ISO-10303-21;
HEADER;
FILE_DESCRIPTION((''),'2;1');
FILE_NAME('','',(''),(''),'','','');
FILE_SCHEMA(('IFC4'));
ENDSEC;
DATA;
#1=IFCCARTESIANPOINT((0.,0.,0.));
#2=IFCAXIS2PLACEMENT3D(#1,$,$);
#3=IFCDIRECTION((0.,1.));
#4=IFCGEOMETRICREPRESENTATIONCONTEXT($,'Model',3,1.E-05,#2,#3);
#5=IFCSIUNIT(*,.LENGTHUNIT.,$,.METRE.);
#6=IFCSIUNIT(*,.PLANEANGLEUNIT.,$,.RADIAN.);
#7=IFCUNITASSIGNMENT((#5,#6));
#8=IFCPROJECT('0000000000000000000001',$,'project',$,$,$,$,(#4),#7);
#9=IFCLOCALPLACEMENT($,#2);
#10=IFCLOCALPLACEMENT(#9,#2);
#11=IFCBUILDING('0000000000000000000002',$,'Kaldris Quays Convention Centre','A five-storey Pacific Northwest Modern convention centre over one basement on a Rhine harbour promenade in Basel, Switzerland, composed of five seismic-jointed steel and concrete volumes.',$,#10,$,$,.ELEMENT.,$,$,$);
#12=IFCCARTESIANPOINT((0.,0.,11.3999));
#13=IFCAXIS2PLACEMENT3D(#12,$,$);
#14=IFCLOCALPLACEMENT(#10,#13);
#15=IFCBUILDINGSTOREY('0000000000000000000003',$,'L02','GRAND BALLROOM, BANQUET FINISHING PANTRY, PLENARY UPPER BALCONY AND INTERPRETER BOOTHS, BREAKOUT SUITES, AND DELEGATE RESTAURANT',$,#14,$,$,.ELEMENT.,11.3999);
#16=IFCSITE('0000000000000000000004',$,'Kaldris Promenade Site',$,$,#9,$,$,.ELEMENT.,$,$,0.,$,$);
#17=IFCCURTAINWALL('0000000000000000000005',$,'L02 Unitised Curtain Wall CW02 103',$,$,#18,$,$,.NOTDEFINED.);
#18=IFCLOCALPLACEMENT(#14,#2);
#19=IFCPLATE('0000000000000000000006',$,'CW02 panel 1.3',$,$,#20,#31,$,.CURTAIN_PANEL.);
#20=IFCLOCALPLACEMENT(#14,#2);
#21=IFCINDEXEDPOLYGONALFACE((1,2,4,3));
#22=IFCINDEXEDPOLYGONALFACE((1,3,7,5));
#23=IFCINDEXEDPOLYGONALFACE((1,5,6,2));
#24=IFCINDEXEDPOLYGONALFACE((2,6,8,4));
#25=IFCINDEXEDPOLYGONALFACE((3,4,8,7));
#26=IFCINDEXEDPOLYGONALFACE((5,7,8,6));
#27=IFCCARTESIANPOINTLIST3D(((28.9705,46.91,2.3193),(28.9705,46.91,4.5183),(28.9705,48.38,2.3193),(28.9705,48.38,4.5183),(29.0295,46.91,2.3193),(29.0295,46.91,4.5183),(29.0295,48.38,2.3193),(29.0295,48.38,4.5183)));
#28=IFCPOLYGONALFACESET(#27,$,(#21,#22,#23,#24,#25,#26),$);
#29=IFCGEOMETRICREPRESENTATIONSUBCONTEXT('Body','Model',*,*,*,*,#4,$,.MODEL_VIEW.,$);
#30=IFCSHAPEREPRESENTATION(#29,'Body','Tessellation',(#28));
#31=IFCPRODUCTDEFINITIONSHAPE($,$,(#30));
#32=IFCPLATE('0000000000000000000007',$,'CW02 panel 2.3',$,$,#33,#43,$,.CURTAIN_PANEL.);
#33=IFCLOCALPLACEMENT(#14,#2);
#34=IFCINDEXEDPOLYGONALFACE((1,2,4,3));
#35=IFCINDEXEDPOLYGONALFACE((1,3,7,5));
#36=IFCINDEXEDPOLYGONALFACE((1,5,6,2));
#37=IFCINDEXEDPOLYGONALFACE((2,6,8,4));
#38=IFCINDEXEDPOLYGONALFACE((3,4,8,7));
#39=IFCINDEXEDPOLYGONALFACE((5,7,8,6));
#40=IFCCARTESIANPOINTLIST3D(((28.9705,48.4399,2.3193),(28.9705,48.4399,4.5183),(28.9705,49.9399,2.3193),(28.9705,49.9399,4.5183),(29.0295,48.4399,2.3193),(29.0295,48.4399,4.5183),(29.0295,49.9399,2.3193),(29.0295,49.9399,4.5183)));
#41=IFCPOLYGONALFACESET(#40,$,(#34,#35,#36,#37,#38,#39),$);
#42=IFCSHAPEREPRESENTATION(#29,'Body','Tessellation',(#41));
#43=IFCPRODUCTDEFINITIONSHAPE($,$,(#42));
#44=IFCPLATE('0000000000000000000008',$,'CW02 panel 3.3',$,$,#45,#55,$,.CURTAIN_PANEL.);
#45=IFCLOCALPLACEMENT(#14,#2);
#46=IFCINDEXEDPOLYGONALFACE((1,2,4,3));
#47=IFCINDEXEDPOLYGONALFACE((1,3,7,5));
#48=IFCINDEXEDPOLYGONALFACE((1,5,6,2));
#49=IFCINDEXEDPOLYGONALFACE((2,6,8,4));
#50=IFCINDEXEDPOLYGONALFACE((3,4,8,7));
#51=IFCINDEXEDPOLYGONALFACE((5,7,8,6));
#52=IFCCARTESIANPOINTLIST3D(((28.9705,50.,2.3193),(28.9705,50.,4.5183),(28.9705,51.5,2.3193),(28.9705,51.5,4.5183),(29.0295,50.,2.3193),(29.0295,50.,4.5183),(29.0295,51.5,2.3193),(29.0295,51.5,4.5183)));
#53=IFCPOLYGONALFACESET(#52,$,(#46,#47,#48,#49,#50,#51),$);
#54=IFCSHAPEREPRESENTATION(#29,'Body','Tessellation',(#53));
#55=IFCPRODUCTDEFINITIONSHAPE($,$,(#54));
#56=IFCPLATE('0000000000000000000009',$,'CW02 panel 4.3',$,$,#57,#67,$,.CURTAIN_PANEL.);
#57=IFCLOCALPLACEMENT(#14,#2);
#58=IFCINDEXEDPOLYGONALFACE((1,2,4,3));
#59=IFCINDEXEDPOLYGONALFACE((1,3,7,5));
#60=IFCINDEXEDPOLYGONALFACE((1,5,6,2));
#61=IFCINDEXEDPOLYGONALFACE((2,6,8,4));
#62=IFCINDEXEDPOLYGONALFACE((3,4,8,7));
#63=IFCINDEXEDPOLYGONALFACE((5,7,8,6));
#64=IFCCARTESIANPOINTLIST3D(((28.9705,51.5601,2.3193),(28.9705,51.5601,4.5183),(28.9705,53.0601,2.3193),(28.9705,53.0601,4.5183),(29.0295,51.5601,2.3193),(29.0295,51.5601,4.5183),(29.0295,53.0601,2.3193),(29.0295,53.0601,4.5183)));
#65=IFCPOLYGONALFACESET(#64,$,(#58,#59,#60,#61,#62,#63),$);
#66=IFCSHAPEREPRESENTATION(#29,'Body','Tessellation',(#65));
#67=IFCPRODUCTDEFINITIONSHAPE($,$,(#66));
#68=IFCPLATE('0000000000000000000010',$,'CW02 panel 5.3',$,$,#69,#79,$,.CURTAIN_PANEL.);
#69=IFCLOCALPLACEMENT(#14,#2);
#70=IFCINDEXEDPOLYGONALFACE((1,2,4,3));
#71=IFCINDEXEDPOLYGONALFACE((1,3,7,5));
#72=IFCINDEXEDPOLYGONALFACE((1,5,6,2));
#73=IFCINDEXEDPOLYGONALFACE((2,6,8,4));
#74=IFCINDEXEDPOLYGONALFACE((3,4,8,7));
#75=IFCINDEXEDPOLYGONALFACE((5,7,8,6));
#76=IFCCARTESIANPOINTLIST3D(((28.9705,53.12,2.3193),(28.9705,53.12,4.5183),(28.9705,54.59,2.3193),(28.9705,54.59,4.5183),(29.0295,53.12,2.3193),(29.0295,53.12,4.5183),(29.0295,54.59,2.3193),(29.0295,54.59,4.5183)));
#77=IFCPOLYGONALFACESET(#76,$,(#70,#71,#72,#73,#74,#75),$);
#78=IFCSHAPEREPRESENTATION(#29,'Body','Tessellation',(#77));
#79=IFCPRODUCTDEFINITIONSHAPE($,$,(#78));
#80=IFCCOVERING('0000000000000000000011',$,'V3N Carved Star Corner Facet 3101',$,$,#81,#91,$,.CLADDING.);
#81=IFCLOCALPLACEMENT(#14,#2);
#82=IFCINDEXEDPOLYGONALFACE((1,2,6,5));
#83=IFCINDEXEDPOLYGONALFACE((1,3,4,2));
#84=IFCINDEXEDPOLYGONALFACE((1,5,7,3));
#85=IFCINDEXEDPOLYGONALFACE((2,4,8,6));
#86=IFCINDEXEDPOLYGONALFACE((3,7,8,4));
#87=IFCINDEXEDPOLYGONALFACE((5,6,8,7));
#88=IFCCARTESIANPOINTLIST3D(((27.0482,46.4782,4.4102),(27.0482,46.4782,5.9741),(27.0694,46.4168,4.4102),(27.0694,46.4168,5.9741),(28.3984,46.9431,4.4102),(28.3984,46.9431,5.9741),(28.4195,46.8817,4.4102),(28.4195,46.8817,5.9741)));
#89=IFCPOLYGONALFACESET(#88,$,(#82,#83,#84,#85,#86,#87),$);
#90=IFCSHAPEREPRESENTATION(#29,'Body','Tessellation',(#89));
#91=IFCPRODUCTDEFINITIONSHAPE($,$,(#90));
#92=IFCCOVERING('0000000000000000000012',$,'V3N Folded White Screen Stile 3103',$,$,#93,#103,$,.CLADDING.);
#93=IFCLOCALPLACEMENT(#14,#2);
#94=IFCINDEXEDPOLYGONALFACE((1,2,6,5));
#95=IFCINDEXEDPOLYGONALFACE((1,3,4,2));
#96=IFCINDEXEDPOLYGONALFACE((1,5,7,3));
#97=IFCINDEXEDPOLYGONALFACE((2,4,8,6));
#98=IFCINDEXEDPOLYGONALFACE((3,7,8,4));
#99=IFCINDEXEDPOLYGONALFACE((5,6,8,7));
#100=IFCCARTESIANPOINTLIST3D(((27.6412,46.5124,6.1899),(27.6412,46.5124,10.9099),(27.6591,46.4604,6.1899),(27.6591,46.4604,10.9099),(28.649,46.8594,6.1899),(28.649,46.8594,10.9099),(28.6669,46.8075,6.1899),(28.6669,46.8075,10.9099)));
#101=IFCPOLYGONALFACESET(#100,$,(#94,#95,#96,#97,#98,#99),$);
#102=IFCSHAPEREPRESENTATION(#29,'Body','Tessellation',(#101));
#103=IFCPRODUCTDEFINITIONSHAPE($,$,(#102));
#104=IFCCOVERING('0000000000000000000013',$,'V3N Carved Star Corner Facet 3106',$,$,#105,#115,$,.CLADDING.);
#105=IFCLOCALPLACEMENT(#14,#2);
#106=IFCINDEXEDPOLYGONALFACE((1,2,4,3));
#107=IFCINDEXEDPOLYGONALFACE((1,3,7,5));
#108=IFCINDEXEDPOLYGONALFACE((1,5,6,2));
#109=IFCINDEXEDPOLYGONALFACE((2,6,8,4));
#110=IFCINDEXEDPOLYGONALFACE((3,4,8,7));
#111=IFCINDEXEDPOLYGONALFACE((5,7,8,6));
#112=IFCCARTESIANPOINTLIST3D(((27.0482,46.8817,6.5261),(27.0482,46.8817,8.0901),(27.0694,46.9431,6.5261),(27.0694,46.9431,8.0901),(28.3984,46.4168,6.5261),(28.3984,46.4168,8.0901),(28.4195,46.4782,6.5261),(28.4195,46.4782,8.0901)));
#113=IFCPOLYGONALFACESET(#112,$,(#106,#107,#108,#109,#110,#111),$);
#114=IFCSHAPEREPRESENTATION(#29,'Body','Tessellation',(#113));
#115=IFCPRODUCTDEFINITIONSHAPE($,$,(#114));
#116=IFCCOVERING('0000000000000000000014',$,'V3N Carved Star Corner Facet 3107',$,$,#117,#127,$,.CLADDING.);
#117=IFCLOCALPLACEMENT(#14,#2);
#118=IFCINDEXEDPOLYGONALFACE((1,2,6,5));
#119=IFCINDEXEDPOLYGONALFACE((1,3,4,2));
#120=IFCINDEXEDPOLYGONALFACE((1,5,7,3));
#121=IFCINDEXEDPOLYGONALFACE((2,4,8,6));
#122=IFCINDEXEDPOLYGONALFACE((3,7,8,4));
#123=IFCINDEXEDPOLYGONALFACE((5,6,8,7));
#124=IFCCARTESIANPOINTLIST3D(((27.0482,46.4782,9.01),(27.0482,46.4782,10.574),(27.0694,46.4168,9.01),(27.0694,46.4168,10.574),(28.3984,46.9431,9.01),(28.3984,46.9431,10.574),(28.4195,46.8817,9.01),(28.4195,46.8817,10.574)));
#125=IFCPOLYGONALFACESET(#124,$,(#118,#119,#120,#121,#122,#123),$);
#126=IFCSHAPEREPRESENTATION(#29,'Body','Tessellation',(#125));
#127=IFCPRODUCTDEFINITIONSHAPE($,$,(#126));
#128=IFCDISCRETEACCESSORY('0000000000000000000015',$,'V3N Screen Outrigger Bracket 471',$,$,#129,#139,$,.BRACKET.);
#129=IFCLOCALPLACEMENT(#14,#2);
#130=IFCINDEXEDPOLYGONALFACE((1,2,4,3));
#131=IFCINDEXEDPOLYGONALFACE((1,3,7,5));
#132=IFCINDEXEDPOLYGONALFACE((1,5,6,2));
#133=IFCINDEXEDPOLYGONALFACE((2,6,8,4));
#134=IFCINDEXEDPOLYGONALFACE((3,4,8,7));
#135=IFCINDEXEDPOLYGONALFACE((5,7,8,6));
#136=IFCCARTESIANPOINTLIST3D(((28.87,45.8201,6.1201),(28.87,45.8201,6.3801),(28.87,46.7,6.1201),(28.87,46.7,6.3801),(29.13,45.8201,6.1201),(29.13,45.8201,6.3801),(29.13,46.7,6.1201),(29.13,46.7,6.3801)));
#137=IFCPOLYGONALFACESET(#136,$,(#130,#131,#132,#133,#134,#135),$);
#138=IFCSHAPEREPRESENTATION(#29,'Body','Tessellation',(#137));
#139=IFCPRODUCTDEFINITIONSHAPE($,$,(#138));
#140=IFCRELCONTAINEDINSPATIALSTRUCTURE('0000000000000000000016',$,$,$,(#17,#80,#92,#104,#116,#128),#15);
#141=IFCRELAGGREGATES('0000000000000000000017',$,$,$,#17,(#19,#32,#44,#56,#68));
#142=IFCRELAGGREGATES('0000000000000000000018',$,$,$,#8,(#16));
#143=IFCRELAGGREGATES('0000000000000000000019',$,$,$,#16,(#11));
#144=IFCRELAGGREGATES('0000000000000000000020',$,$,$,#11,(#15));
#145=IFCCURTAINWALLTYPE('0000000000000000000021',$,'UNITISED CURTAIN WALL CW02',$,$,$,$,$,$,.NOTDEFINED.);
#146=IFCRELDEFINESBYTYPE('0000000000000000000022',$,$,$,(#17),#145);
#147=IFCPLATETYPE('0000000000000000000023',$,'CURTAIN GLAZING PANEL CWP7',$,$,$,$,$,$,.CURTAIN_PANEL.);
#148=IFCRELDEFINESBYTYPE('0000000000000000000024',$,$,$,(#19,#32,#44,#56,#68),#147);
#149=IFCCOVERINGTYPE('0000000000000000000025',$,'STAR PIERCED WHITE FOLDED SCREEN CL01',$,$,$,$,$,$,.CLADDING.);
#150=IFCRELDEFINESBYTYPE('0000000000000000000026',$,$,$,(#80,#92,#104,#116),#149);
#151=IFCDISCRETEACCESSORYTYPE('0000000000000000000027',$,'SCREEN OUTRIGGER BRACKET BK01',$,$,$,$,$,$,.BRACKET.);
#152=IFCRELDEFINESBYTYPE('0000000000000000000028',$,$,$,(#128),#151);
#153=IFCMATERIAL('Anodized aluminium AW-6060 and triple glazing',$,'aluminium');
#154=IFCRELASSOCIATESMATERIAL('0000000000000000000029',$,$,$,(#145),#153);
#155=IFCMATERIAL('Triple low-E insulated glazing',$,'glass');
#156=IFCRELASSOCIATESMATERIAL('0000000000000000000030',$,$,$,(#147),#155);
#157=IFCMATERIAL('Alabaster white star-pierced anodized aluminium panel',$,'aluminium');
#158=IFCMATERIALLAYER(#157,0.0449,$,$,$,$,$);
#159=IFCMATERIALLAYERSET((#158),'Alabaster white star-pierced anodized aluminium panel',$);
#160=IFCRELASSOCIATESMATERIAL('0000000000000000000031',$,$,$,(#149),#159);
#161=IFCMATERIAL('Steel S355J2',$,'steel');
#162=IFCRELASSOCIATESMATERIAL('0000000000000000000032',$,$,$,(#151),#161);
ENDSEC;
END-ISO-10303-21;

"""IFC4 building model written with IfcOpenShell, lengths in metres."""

from ifc_helpers import new_model, si_unit, direction, frame, origin, origin_2d, place, context, subcontext, project, spatial, rectangle, extrude, material, layer, layer_set, type_object, element, aggregate, save


model = new_model("IFC4")

# Units and contexts
model_context = context("Model", 3, precision=1e-05, world=origin(), true_north=direction((0.0, 1.0)))
body_context = subcontext(model_context, "Body", "Model", "MODEL_VIEW")
ifc_project = project(units=[si_unit("LENGTHUNIT", "METRE"), si_unit("PLANEANGLEUNIT", "RADIAN")], contexts=[model_context])

# Site, building, storey
site_placement = place(None, origin())
site = spatial("IfcSite", under=ifc_project, at=site_placement, Name="Kaldris Promenade Site", CompositionType="ELEMENT", RefElevation=0.0)
building_placement = place(site_placement, origin())
building = spatial("IfcBuilding", under=site, at=building_placement, Name="Kaldris Quays Convention Centre", Description="A five-storey Pacific Northwest Modern convention centre over one basement on a Rhine harbour promenade in Basel, Switzerland, composed of five seismic-jointed steel and concrete volumes.", CompositionType="ELEMENT")
storey_placement = place(building_placement, frame((0.0, 0.0, 11.3999)))
storey = spatial("IfcBuildingStorey", under=building, at=storey_placement, Name="L02", Description="GRAND BALLROOM, BANQUET FINISHING PANTRY, PLENARY UPPER BALCONY AND INTERPRETER BOOTHS, BREAKOUT SUITES, AND DELEGATE RESTAURANT", CompositionType="ELEMENT", Elevation=11.3999)

# Curtain wall
ifc_material_1 = material(Name="Anodized aluminium AW-6060 and triple glazing", Category="aluminium")
curtain_wall_type = type_object("IfcCurtainWallType", Name="UNITISED CURTAIN WALL CW02", PredefinedType="NOTDEFINED", material=ifc_material_1)
curtain_wall_1_placement = place(storey_placement, origin())
curtain_wall_1 = element("IfcCurtainWall", 1, at=curtain_wall_1_placement, inside=storey, type_object=curtain_wall_type, Name="L02 Unitised Curtain Wall CW02 103", PredefinedType="NOTDEFINED")

# Shared definitions
ifc_material_2 = material(Name="Steel S355J2", Category="steel")

# Plates
ifc_material_3 = material(Name="Triple low-E insulated glazing", Category="glass")
plate_type_1 = type_object("IfcPlateType", Name="CURTAIN GLAZING PANEL CWP7", PredefinedType="CURTAIN_PANEL", material=ifc_material_3)
plate_1_placement = place(storey_placement, frame((29.0, 47.645, 2.3193), z_axis=(0.0, 0.0, 1.0), x_axis=(0.0, 1.0, 0.0)))
plate_1 = element("IfcPlate", 2, at=plate_1_placement, type_object=plate_type_1, Name="CW02 panel 1.3", PredefinedType="CURTAIN_PANEL", context=body_context, shape_type="SweptSolid", body=[
    extrude(rectangle(XDim=1.47, YDim=0.0591, at=origin_2d()), origin(), (0.0, 0.0, 1.0), 2.199),
])
plate_2_placement = place(storey_placement, frame((29.0, 49.1899, 2.3193), z_axis=(0.0, 0.0, 1.0), x_axis=(0.0, 1.0, 0.0)))
plate_2 = element("IfcPlate", 3, at=plate_2_placement, type_object=plate_type_1, Name="CW02 panel 2.3", PredefinedType="CURTAIN_PANEL", context=body_context, shape_type="SweptSolid", body=[
    extrude(rectangle(XDim=1.5, YDim=0.0591, at=origin_2d()), origin(), (0.0, 0.0, 1.0), 2.199),
])
plate_3_placement = place(storey_placement, frame((29.0, 50.75, 2.3193), z_axis=(0.0, 0.0, 1.0), x_axis=(0.0, 1.0, 0.0)))
plate_3 = element("IfcPlate", 4, at=plate_3_placement, type_object=plate_type_1, Name="CW02 panel 3.3", PredefinedType="CURTAIN_PANEL", context=body_context, shape_type="SweptSolid", body=[
    extrude(rectangle(XDim=1.5, YDim=0.0591, at=origin_2d()), origin(), (0.0, 0.0, 1.0), 2.199),
])
plate_4_placement = place(storey_placement, frame((29.0, 52.3101, 2.3193), z_axis=(0.0, 0.0, 1.0), x_axis=(0.0, 1.0, 0.0)))
plate_4 = element("IfcPlate", 5, at=plate_4_placement, type_object=plate_type_1, Name="CW02 panel 4.3", PredefinedType="CURTAIN_PANEL", context=body_context, shape_type="SweptSolid", body=[
    extrude(rectangle(XDim=1.5, YDim=0.0591, at=origin_2d()), origin(), (0.0, 0.0, 1.0), 2.199),
])
plate_5_placement = place(storey_placement, frame((29.0, 53.855, 2.3193), z_axis=(0.0, 0.0, 1.0), x_axis=(0.0, 1.0, 0.0)))
plate_5 = element("IfcPlate", 6, at=plate_5_placement, type_object=plate_type_1, Name="CW02 panel 5.3", PredefinedType="CURTAIN_PANEL", context=body_context, shape_type="SweptSolid", body=[
    extrude(rectangle(XDim=1.47, YDim=0.0591, at=origin_2d()), origin(), (0.0, 0.0, 1.0), 2.199),
])
aggregate(curtain_wall_1, [plate_1, plate_2, plate_3, plate_4, plate_5])

# Coverings
ifc_material_4 = material(Name="Alabaster white star-pierced anodized aluminium panel", Category="aluminium")
ifc_layer = layer(ifc_material_4, 0.0449)
ifc_layer_set = layer_set([ifc_layer], Name="Alabaster white star-pierced anodized aluminium panel")
covering_type = type_object("IfcCoveringType", Name="STAR PIERCED WHITE FOLDED SCREEN CL01", PredefinedType="CLADDING", material=ifc_layer_set)
covering_1_placement = place(storey_placement, frame((27.7339, 46.6799, 4.4102), z_axis=(0.0, 0.0, 1.0), x_axis=(0.945519, 0.325568, 0.0)))
element("IfcCovering", 7, at=covering_1_placement, inside=storey, type_object=covering_type, Name="V3N Carved Star Corner Facet 3101", PredefinedType="CLADDING", context=body_context, shape_type="SweptSolid", body=[
    extrude(rectangle(XDim=1.428, YDim=0.0649, at=origin_2d()), origin(), (0.0, 0.0, 1.0), 1.564),
])
covering_2_placement = place(storey_placement, frame((28.1541, 46.6599, 6.1899), z_axis=(0.0, 0.0, 1.0), x_axis=(0.945519, 0.325568, 0.0)))
element("IfcCovering", 8, at=covering_2_placement, inside=storey, type_object=covering_type, Name="V3N Folded White Screen Stile 3103", PredefinedType="CLADDING", context=body_context, shape_type="SweptSolid", body=[
    extrude(rectangle(XDim=1.0659, YDim=0.0549, at=origin_2d()), origin(), (0.0, 0.0, 1.0), 4.72),
])
for number, where, z_axis, x_axis, name in (
    (9, (27.7339, 46.6799, 6.5261), (0.0, 0.0, 1.0), (0.945519, -0.325568, 0.0), "V3N Carved Star Corner Facet 3106"),
    (10, (27.7339, 46.6799, 9.01), (0.0, 0.0, 1.0), (0.945519, 0.325568, 0.0), "V3N Carved Star Corner Facet 3107"),
):
    element("IfcCovering", number, at=place(storey_placement, frame(where, z_axis=z_axis, x_axis=x_axis)), inside=storey, type_object=covering_type, Name=name, PredefinedType="CLADDING", context=body_context, shape_type="SweptSolid", body=[
        extrude(rectangle(XDim=1.428, YDim=0.0649, at=origin_2d()), origin(), (0.0, 0.0, 1.0), 1.564),
    ])

# Discrete accessory
discrete_accessory_type = type_object("IfcDiscreteAccessoryType", Name="SCREEN OUTRIGGER BRACKET BK01", PredefinedType="BRACKET", material=ifc_material_2)
discrete_accessory_placement = place(storey_placement, frame((29.0, 46.26, 6.1201), z_axis=(0.0, 0.0, 1.0), x_axis=(1.0, 0.0, 0.0)))
element("IfcDiscreteAccessory", 11, at=discrete_accessory_placement, inside=storey, type_object=discrete_accessory_type, Name="V3N Screen Outrigger Bracket 471", PredefinedType="BRACKET", context=body_context, shape_type="SweptSolid", body=[
    extrude(rectangle(XDim=0.26, YDim=0.8799, at=origin_2d()), origin(), (0.0, 0.0, 1.0), 0.26),
])

save(model, "model.ifc")
